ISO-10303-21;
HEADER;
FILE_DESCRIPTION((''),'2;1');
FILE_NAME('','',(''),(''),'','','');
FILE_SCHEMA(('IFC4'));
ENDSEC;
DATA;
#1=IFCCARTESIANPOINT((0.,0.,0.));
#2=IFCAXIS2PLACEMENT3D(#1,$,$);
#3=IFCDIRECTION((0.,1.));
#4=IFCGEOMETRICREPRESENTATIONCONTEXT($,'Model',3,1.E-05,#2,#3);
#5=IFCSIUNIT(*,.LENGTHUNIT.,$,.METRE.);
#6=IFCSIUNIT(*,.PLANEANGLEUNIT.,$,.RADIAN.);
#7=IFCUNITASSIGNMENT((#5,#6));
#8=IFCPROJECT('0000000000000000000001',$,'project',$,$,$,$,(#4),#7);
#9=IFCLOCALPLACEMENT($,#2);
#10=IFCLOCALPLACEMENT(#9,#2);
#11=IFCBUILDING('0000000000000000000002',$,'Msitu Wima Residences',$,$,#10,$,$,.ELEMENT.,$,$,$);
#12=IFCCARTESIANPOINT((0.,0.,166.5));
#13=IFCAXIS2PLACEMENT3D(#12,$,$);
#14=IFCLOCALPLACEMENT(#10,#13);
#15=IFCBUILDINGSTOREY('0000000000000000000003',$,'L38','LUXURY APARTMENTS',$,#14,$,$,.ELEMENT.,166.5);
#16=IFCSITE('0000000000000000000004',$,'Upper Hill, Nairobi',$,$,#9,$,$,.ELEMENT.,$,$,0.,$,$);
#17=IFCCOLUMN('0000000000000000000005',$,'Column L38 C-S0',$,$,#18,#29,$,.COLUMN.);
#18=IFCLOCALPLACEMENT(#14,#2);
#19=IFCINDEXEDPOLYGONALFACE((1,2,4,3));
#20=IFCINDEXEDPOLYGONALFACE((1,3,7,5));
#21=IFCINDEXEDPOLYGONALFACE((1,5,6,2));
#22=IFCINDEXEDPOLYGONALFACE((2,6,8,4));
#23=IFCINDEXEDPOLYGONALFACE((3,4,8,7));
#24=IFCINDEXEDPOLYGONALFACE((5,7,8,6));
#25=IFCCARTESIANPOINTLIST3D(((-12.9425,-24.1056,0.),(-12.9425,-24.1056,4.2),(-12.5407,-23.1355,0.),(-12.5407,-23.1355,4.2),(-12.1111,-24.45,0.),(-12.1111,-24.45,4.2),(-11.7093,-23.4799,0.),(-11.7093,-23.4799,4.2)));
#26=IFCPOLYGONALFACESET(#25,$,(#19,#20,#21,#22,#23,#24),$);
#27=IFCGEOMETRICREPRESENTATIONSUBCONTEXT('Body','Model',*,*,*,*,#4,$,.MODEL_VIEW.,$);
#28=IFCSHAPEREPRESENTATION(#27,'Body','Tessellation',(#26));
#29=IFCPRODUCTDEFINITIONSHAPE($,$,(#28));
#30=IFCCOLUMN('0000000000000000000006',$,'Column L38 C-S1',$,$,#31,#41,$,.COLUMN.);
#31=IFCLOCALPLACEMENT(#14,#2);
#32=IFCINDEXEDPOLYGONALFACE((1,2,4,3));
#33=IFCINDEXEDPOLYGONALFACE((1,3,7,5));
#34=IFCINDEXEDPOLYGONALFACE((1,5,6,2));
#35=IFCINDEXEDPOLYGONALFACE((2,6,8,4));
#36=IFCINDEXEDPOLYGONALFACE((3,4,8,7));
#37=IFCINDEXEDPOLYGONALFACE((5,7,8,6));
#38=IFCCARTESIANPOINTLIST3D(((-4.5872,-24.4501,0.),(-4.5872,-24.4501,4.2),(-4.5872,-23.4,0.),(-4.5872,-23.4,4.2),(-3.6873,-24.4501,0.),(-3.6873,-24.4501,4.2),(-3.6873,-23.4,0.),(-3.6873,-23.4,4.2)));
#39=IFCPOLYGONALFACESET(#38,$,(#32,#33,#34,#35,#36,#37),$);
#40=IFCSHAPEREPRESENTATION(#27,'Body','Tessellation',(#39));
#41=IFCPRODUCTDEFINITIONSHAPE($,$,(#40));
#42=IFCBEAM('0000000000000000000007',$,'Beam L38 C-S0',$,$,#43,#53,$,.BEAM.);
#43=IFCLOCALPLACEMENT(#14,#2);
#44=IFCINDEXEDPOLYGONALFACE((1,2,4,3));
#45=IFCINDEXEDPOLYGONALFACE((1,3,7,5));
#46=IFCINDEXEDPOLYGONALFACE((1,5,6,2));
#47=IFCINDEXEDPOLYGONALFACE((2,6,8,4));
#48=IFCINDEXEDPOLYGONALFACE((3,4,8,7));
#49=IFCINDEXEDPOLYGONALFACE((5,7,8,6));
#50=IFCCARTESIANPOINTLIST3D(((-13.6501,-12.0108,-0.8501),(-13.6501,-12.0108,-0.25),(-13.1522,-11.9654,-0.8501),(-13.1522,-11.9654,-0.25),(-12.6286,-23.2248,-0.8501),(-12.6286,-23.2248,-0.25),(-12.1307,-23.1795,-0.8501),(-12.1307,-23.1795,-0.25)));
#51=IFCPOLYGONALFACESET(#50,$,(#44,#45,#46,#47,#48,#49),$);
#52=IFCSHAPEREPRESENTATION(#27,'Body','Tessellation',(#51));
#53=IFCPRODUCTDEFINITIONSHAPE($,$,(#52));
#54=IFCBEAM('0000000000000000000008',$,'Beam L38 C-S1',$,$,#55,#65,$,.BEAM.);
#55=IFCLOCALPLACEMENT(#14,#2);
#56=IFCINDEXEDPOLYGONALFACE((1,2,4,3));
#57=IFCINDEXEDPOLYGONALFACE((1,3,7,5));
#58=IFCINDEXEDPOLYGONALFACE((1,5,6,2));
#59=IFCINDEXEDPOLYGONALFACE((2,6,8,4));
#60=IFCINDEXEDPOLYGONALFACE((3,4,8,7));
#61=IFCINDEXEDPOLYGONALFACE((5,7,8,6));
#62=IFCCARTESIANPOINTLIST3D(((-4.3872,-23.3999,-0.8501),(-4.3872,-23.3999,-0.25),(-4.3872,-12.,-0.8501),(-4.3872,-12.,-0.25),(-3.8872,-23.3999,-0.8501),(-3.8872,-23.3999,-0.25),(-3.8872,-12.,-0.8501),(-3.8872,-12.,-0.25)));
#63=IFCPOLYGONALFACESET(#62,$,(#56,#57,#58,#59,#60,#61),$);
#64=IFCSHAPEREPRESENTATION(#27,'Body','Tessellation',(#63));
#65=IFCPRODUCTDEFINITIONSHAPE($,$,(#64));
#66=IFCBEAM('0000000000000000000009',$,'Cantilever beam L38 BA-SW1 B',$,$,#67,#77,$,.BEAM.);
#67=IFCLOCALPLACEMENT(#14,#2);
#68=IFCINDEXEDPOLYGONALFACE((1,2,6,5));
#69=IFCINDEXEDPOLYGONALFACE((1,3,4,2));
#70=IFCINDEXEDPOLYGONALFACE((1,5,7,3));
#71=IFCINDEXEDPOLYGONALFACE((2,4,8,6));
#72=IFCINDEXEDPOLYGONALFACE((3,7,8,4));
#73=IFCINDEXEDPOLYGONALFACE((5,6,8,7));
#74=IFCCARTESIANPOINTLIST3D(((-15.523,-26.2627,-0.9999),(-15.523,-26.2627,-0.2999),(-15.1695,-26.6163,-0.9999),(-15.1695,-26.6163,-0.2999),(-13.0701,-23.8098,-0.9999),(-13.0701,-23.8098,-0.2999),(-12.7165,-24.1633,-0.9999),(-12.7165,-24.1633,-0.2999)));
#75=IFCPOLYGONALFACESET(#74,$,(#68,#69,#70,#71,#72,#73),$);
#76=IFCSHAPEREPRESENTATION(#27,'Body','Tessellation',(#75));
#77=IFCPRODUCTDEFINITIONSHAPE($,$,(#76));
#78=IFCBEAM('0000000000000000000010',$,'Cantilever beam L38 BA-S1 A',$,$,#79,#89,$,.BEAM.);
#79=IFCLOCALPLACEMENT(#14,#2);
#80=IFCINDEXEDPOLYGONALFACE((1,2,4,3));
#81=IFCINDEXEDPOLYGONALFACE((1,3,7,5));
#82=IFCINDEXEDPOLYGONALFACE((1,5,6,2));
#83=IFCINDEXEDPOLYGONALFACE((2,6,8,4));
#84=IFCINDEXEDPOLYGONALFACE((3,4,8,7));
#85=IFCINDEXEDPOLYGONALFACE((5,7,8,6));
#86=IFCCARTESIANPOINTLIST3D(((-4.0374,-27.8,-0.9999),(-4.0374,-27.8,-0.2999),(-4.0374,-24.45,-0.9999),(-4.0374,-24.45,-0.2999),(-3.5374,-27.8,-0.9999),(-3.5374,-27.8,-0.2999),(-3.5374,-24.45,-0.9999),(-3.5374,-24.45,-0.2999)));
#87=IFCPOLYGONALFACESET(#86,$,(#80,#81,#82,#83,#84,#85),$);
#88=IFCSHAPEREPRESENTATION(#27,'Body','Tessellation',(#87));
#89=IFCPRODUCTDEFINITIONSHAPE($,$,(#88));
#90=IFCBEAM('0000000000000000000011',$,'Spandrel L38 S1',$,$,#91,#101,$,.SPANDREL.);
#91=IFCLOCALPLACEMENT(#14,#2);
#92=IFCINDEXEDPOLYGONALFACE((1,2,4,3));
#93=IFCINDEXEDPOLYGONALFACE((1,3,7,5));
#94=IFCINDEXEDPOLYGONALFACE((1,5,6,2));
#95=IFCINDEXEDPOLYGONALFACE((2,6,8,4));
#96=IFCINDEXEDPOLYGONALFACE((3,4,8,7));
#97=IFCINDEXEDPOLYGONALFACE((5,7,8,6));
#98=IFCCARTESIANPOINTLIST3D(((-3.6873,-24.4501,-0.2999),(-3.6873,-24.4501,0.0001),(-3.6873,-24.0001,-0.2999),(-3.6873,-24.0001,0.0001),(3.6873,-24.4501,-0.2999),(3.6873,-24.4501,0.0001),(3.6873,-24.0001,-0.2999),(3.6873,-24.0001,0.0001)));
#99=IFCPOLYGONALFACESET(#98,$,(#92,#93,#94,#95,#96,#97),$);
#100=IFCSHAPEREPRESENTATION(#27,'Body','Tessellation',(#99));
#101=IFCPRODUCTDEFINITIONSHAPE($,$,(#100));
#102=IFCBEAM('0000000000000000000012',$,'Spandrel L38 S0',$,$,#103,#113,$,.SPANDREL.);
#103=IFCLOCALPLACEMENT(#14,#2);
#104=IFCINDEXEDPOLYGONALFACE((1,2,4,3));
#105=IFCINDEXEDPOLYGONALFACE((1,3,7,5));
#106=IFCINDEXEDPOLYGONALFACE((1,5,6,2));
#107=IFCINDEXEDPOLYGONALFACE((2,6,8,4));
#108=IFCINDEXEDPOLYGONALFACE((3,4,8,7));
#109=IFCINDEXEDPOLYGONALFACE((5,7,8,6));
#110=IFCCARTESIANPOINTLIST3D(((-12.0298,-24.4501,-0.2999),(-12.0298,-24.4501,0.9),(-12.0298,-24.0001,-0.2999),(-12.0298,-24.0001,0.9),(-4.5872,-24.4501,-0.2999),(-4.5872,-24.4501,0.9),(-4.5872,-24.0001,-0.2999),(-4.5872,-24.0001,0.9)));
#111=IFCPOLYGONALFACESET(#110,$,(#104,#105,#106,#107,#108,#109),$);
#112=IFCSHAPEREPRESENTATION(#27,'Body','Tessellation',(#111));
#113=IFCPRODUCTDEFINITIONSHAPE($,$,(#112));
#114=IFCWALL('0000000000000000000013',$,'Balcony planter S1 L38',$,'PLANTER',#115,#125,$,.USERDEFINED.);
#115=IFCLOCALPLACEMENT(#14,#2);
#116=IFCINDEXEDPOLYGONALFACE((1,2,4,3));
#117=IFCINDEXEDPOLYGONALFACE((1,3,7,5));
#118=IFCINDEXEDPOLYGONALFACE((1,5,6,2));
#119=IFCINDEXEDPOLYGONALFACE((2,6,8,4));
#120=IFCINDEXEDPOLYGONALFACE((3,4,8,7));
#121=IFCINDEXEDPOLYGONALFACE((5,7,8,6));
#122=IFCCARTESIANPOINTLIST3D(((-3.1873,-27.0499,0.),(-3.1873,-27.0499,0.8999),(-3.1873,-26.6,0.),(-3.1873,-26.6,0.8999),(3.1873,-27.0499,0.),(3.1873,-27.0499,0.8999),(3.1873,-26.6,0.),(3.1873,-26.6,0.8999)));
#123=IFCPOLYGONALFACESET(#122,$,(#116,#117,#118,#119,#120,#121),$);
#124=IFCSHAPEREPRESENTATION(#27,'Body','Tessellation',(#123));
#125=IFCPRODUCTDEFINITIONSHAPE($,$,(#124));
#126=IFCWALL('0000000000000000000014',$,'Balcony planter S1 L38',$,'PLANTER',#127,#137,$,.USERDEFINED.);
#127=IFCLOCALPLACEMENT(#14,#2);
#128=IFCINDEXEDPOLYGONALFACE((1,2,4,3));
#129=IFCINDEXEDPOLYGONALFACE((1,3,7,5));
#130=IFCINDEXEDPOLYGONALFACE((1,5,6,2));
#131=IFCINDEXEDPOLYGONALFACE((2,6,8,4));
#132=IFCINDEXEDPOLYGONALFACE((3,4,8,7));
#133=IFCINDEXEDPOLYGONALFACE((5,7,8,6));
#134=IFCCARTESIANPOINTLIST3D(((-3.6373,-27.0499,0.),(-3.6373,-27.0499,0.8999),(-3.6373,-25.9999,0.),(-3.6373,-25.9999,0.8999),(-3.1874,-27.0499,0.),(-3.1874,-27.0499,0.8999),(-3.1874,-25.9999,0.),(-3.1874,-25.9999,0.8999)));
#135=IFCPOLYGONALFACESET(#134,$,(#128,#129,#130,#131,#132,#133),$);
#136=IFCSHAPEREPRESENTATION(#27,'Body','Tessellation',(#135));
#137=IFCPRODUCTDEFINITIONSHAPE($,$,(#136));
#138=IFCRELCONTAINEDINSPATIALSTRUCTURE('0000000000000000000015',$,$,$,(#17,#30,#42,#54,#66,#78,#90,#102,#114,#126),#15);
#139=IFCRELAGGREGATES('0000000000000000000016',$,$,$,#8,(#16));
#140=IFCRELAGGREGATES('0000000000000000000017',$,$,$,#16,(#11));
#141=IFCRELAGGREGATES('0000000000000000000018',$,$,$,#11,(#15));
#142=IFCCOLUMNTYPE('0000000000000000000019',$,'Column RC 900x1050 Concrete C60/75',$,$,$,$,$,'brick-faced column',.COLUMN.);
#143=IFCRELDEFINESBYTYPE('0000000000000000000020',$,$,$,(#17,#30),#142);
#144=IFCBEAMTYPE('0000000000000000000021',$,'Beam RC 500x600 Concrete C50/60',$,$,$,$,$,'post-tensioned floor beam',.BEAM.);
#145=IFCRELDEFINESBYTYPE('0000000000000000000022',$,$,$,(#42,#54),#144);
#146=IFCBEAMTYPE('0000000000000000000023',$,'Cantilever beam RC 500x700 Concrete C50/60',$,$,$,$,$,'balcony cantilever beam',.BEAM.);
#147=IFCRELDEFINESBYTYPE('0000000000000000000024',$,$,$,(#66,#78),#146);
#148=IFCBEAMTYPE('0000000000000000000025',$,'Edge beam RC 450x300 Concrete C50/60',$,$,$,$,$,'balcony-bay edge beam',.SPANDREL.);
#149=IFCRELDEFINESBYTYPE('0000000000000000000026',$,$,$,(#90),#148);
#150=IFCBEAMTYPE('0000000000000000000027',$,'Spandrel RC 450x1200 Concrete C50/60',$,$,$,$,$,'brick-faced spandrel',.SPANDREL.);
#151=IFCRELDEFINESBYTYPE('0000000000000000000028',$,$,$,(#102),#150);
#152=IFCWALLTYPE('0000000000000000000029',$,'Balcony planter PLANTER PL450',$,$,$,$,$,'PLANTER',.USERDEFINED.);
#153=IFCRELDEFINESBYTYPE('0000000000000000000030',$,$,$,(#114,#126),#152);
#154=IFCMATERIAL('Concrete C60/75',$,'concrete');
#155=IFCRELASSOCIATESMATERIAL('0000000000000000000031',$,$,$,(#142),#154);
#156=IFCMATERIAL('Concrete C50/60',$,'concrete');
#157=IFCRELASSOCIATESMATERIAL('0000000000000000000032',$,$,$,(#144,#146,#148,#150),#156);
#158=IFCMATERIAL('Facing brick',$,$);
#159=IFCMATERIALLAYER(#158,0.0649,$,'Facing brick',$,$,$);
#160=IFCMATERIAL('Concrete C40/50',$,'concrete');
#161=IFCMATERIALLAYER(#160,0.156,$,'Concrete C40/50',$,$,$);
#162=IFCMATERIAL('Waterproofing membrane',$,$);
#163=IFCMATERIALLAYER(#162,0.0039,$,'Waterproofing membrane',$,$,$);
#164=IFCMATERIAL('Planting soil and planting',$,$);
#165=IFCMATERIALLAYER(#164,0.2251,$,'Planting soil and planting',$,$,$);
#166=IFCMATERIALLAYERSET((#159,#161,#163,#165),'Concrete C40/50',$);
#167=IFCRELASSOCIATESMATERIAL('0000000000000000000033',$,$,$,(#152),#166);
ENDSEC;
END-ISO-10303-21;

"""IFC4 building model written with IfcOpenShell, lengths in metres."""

from ifc_helpers import new_model, si_unit, direction, frame, frame_2d, origin, origin_2d, place, context, subcontext, project, spatial, rectangle, extrude, material, layer, layer_set, material_profile, profile_set, type_object, element, save


model = new_model("IFC4")

# Units and contexts
model_context = context("Model", 3, precision=1e-05, world=origin(), true_north=direction((0.0, 1.0)))
body_context = subcontext(model_context, "Body", "Model", "MODEL_VIEW")
ifc_project = project(units=[si_unit("LENGTHUNIT", "METRE"), si_unit("PLANEANGLEUNIT", "RADIAN")], contexts=[model_context])

# Site, building, storey
site_placement = place(None, origin())
site = spatial("IfcSite", under=ifc_project, at=site_placement, Name="Upper Hill, Nairobi", CompositionType="ELEMENT", RefElevation=0.0)
building_placement = place(site_placement, origin())
building = spatial("IfcBuilding", under=site, at=building_placement, Name="Msitu Wima Residences", CompositionType="ELEMENT")
storey_placement = place(building_placement, frame((0.0, 0.0, 166.5)))
storey = spatial("IfcBuildingStorey", under=building, at=storey_placement, Name="L38", Description="LUXURY APARTMENTS", CompositionType="ELEMENT", Elevation=166.5)

# Columns
ifc_material_1 = material(Name="Concrete C60/75", Category="concrete")
ifc_material_profile_1 = material_profile(ifc_material_1, rectangle(XDim=0.8999, YDim=1.05, at=origin_2d()), Name="RC 900x1050")
ifc_profile_set_1 = profile_set([ifc_material_profile_1], Name="Concrete C60/75")
column_type = type_object("IfcColumnType", Name="Column RC 900x1050 Concrete C60/75", ElementType="brick-faced column", PredefinedType="COLUMN", material=ifc_profile_set_1)
for number, where, z_axis, x_axis, name in (
    (1, (-12.3259, -23.7927, 0.0), (0.0, 0.0, 1.0), (0.92388, -0.382683, 0.0), "Column L38 C-S0"),
    (2, (-4.1372, -23.925, 0.0), (0.0, 0.0, 1.0), (1.0, 0.0, 0.0), "Column L38 C-S1"),
):
    element("IfcColumn", number, at=place(storey_placement, frame(where, z_axis=z_axis, x_axis=x_axis)), inside=storey, type_object=column_type, Name=name, PredefinedType="COLUMN", context=body_context, shape_type="SweptSolid", body=[
        extrude(rectangle(XDim=0.8999, YDim=1.05, at=origin_2d()), origin(), (0.0, 0.0, 1.0), 4.2),
    ])

# Beams
ifc_material_2 = material(Name="Concrete C50/60", Category="concrete")
ifc_material_profile_2 = material_profile(ifc_material_2, rectangle(XDim=0.5, YDim=0.6001, at=origin_2d()), Name="RC 500x600")
ifc_profile_set_2 = profile_set([ifc_material_profile_2], Name="Concrete C50/60")
beam_type_1 = type_object("IfcBeamType", Name="Beam RC 500x600 Concrete C50/60", ElementType="post-tensioned floor beam", PredefinedType="BEAM", material=ifc_profile_set_2)
beam_1_placement = place(storey_placement, frame((-12.3796, -23.2021, -0.55), z_axis=(-0.090714, 0.995877, 0.0), x_axis=(-0.995877, -0.090714, 0.0)))
element("IfcBeam", 3, at=beam_1_placement, inside=storey, type_object=beam_type_1, Name="Beam L38 C-S0", PredefinedType="BEAM", context=body_context, shape_type="SweptSolid", body=[
    extrude(rectangle(XDim=0.5, YDim=0.6001, at=origin_2d()), origin(), (0.0, 0.0, 1.0), 11.2605),
])
beam_2_placement = place(storey_placement, frame((-4.1372, -23.3999, -0.55), z_axis=(0.0, 1.0, 0.0), x_axis=(-1.0, 0.0, 0.0)))
element("IfcBeam", 4, at=beam_2_placement, inside=storey, type_object=beam_type_1, Name="Beam L38 C-S1", PredefinedType="BEAM", context=body_context, shape_type="SweptSolid", body=[
    extrude(rectangle(XDim=0.5, YDim=0.6001, at=origin_2d()), origin(), (0.0, 0.0, 1.0), 11.3999),
])
ifc_material_profile_3 = material_profile(ifc_material_2, rectangle(XDim=0.5, YDim=0.7, at=origin_2d()), Name="RC 500x700")
ifc_profile_set_3 = profile_set([ifc_material_profile_3], Name="Concrete C50/60")
beam_type_2 = type_object("IfcBeamType", Name="Cantilever beam RC 500x700 Concrete C50/60", ElementType="balcony cantilever beam", PredefinedType="BEAM", material=ifc_profile_set_3)
beam_3_placement = place(storey_placement, frame((-12.8933, -23.9866, -0.6499), z_axis=(-0.707107, -0.707107, 0.0), x_axis=(0.707107, -0.707107, 0.0)))
element("IfcBeam", 5, at=beam_3_placement, inside=storey, type_object=beam_type_2, Name="Cantilever beam L38 BA-SW1 B", PredefinedType="BEAM", context=body_context, shape_type="SweptSolid", body=[
    extrude(rectangle(XDim=0.5, YDim=0.7, at=origin_2d()), origin(), (0.0, 0.0, 1.0), 3.469),
])
beam_4_placement = place(storey_placement, frame((-3.7874, -24.45, -0.6499), z_axis=(0.0, -1.0, 0.0), x_axis=(1.0, 0.0, 0.0)))
element("IfcBeam", 6, at=beam_4_placement, inside=storey, type_object=beam_type_2, Name="Cantilever beam L38 BA-S1 A", PredefinedType="BEAM", context=body_context, shape_type="SweptSolid", body=[
    extrude(rectangle(XDim=0.5, YDim=0.7, at=origin_2d()), origin(), (0.0, 0.0, 1.0), 3.3501),
])
ifc_material_profile_4 = material_profile(ifc_material_2, rectangle(XDim=0.45, YDim=0.3, at=origin_2d()), Name="RC 450x300")
ifc_profile_set_4 = profile_set([ifc_material_profile_4], Name="Concrete C50/60")
beam_type_3 = type_object("IfcBeamType", Name="Edge beam RC 450x300 Concrete C50/60", ElementType="balcony-bay edge beam", PredefinedType="SPANDREL", material=ifc_profile_set_4)
beam_5_placement = place(storey_placement, frame((-3.6873, -24.2251, -0.1499), z_axis=(1.0, 0.0, 0.0), x_axis=(0.0, 1.0, 0.0)))
element("IfcBeam", 7, at=beam_5_placement, inside=storey, type_object=beam_type_3, Name="Spandrel L38 S1", PredefinedType="SPANDREL", context=body_context, shape_type="SweptSolid", body=[
    extrude(rectangle(XDim=0.45, YDim=0.3, at=origin_2d()), origin(), (0.0, 0.0, 1.0), 7.3745),
])
ifc_material_profile_5 = material_profile(ifc_material_2, rectangle(XDim=0.45, YDim=1.2, at=origin_2d()), Name="RC 450x1200")
ifc_profile_set_5 = profile_set([ifc_material_profile_5], Name="Concrete C50/60")
beam_type_4 = type_object("IfcBeamType", Name="Spandrel RC 450x1200 Concrete C50/60", ElementType="brick-faced spandrel", PredefinedType="SPANDREL", material=ifc_profile_set_5)
beam_6_placement = place(storey_placement, frame((-12.0298, -24.2251, 0.3), z_axis=(1.0, 0.0, 0.0), x_axis=(0.0, 1.0, 0.0)))
element("IfcBeam", 8, at=beam_6_placement, inside=storey, type_object=beam_type_4, Name="Spandrel L38 S0", PredefinedType="SPANDREL", context=body_context, shape_type="SweptSolid", body=[
    extrude(rectangle(XDim=0.45, YDim=1.2, at=origin_2d()), origin(), (0.0, 0.0, 1.0), 7.4426),
])

# Walls
ifc_material_3 = material(Name="Facing brick")
ifc_layer_1 = layer(ifc_material_3, 0.0649, Name="Facing brick")
ifc_material_4 = material(Name="Concrete C40/50", Category="concrete")
ifc_layer_2 = layer(ifc_material_4, 0.156, Name="Concrete C40/50")
ifc_material_5 = material(Name="Waterproofing membrane")
ifc_layer_3 = layer(ifc_material_5, 0.0039, Name="Waterproofing membrane")
ifc_material_6 = material(Name="Planting soil and planting")
ifc_layer_4 = layer(ifc_material_6, 0.2251, Name="Planting soil and planting")
ifc_layer_set_1 = layer_set([ifc_layer_1, ifc_layer_2, ifc_layer_3, ifc_layer_4], Name="Concrete C40/50")
wall_type_1 = type_object("IfcWallType", Name="Balcony planter PLANTER PL450", ElementType="PLANTER", PredefinedType="USERDEFINED", material=ifc_layer_set_1)
wall_1_placement = place(storey_placement, frame((-3.1873, -26.825, 0.0), z_axis=(0.0, 0.0, 1.0), x_axis=(1.0, 0.0, 0.0)))
element("IfcWall", 9, at=wall_1_placement, inside=storey, type_object=wall_type_1, Name="Balcony planter S1 L38", ObjectType="PLANTER", PredefinedType="USERDEFINED", context=body_context, shape_type="SweptSolid", body=[
    extrude(rectangle(XDim=6.3745, YDim=0.45, at=frame_2d((3.1873, 0.0))), origin(), (0.0, 0.0, 1.0), 0.8999),
])
wall_2_placement = place(storey_placement, frame((-3.4124, -26.0, 0.0), z_axis=(0.0, 0.0, 1.0), x_axis=(0.0, -1.0, 0.0)))
element("IfcWall", 10, at=wall_2_placement, inside=storey, type_object=wall_type_1, Name="Balcony planter S1 L38", ObjectType="PLANTER", PredefinedType="USERDEFINED", context=body_context, shape_type="SweptSolid", body=[
    extrude(rectangle(XDim=1.05, YDim=0.45, at=frame_2d((0.5249, 0.0))), origin(), (0.0, 0.0, 1.0), 0.8999),
])

save(model, "model.ifc")
